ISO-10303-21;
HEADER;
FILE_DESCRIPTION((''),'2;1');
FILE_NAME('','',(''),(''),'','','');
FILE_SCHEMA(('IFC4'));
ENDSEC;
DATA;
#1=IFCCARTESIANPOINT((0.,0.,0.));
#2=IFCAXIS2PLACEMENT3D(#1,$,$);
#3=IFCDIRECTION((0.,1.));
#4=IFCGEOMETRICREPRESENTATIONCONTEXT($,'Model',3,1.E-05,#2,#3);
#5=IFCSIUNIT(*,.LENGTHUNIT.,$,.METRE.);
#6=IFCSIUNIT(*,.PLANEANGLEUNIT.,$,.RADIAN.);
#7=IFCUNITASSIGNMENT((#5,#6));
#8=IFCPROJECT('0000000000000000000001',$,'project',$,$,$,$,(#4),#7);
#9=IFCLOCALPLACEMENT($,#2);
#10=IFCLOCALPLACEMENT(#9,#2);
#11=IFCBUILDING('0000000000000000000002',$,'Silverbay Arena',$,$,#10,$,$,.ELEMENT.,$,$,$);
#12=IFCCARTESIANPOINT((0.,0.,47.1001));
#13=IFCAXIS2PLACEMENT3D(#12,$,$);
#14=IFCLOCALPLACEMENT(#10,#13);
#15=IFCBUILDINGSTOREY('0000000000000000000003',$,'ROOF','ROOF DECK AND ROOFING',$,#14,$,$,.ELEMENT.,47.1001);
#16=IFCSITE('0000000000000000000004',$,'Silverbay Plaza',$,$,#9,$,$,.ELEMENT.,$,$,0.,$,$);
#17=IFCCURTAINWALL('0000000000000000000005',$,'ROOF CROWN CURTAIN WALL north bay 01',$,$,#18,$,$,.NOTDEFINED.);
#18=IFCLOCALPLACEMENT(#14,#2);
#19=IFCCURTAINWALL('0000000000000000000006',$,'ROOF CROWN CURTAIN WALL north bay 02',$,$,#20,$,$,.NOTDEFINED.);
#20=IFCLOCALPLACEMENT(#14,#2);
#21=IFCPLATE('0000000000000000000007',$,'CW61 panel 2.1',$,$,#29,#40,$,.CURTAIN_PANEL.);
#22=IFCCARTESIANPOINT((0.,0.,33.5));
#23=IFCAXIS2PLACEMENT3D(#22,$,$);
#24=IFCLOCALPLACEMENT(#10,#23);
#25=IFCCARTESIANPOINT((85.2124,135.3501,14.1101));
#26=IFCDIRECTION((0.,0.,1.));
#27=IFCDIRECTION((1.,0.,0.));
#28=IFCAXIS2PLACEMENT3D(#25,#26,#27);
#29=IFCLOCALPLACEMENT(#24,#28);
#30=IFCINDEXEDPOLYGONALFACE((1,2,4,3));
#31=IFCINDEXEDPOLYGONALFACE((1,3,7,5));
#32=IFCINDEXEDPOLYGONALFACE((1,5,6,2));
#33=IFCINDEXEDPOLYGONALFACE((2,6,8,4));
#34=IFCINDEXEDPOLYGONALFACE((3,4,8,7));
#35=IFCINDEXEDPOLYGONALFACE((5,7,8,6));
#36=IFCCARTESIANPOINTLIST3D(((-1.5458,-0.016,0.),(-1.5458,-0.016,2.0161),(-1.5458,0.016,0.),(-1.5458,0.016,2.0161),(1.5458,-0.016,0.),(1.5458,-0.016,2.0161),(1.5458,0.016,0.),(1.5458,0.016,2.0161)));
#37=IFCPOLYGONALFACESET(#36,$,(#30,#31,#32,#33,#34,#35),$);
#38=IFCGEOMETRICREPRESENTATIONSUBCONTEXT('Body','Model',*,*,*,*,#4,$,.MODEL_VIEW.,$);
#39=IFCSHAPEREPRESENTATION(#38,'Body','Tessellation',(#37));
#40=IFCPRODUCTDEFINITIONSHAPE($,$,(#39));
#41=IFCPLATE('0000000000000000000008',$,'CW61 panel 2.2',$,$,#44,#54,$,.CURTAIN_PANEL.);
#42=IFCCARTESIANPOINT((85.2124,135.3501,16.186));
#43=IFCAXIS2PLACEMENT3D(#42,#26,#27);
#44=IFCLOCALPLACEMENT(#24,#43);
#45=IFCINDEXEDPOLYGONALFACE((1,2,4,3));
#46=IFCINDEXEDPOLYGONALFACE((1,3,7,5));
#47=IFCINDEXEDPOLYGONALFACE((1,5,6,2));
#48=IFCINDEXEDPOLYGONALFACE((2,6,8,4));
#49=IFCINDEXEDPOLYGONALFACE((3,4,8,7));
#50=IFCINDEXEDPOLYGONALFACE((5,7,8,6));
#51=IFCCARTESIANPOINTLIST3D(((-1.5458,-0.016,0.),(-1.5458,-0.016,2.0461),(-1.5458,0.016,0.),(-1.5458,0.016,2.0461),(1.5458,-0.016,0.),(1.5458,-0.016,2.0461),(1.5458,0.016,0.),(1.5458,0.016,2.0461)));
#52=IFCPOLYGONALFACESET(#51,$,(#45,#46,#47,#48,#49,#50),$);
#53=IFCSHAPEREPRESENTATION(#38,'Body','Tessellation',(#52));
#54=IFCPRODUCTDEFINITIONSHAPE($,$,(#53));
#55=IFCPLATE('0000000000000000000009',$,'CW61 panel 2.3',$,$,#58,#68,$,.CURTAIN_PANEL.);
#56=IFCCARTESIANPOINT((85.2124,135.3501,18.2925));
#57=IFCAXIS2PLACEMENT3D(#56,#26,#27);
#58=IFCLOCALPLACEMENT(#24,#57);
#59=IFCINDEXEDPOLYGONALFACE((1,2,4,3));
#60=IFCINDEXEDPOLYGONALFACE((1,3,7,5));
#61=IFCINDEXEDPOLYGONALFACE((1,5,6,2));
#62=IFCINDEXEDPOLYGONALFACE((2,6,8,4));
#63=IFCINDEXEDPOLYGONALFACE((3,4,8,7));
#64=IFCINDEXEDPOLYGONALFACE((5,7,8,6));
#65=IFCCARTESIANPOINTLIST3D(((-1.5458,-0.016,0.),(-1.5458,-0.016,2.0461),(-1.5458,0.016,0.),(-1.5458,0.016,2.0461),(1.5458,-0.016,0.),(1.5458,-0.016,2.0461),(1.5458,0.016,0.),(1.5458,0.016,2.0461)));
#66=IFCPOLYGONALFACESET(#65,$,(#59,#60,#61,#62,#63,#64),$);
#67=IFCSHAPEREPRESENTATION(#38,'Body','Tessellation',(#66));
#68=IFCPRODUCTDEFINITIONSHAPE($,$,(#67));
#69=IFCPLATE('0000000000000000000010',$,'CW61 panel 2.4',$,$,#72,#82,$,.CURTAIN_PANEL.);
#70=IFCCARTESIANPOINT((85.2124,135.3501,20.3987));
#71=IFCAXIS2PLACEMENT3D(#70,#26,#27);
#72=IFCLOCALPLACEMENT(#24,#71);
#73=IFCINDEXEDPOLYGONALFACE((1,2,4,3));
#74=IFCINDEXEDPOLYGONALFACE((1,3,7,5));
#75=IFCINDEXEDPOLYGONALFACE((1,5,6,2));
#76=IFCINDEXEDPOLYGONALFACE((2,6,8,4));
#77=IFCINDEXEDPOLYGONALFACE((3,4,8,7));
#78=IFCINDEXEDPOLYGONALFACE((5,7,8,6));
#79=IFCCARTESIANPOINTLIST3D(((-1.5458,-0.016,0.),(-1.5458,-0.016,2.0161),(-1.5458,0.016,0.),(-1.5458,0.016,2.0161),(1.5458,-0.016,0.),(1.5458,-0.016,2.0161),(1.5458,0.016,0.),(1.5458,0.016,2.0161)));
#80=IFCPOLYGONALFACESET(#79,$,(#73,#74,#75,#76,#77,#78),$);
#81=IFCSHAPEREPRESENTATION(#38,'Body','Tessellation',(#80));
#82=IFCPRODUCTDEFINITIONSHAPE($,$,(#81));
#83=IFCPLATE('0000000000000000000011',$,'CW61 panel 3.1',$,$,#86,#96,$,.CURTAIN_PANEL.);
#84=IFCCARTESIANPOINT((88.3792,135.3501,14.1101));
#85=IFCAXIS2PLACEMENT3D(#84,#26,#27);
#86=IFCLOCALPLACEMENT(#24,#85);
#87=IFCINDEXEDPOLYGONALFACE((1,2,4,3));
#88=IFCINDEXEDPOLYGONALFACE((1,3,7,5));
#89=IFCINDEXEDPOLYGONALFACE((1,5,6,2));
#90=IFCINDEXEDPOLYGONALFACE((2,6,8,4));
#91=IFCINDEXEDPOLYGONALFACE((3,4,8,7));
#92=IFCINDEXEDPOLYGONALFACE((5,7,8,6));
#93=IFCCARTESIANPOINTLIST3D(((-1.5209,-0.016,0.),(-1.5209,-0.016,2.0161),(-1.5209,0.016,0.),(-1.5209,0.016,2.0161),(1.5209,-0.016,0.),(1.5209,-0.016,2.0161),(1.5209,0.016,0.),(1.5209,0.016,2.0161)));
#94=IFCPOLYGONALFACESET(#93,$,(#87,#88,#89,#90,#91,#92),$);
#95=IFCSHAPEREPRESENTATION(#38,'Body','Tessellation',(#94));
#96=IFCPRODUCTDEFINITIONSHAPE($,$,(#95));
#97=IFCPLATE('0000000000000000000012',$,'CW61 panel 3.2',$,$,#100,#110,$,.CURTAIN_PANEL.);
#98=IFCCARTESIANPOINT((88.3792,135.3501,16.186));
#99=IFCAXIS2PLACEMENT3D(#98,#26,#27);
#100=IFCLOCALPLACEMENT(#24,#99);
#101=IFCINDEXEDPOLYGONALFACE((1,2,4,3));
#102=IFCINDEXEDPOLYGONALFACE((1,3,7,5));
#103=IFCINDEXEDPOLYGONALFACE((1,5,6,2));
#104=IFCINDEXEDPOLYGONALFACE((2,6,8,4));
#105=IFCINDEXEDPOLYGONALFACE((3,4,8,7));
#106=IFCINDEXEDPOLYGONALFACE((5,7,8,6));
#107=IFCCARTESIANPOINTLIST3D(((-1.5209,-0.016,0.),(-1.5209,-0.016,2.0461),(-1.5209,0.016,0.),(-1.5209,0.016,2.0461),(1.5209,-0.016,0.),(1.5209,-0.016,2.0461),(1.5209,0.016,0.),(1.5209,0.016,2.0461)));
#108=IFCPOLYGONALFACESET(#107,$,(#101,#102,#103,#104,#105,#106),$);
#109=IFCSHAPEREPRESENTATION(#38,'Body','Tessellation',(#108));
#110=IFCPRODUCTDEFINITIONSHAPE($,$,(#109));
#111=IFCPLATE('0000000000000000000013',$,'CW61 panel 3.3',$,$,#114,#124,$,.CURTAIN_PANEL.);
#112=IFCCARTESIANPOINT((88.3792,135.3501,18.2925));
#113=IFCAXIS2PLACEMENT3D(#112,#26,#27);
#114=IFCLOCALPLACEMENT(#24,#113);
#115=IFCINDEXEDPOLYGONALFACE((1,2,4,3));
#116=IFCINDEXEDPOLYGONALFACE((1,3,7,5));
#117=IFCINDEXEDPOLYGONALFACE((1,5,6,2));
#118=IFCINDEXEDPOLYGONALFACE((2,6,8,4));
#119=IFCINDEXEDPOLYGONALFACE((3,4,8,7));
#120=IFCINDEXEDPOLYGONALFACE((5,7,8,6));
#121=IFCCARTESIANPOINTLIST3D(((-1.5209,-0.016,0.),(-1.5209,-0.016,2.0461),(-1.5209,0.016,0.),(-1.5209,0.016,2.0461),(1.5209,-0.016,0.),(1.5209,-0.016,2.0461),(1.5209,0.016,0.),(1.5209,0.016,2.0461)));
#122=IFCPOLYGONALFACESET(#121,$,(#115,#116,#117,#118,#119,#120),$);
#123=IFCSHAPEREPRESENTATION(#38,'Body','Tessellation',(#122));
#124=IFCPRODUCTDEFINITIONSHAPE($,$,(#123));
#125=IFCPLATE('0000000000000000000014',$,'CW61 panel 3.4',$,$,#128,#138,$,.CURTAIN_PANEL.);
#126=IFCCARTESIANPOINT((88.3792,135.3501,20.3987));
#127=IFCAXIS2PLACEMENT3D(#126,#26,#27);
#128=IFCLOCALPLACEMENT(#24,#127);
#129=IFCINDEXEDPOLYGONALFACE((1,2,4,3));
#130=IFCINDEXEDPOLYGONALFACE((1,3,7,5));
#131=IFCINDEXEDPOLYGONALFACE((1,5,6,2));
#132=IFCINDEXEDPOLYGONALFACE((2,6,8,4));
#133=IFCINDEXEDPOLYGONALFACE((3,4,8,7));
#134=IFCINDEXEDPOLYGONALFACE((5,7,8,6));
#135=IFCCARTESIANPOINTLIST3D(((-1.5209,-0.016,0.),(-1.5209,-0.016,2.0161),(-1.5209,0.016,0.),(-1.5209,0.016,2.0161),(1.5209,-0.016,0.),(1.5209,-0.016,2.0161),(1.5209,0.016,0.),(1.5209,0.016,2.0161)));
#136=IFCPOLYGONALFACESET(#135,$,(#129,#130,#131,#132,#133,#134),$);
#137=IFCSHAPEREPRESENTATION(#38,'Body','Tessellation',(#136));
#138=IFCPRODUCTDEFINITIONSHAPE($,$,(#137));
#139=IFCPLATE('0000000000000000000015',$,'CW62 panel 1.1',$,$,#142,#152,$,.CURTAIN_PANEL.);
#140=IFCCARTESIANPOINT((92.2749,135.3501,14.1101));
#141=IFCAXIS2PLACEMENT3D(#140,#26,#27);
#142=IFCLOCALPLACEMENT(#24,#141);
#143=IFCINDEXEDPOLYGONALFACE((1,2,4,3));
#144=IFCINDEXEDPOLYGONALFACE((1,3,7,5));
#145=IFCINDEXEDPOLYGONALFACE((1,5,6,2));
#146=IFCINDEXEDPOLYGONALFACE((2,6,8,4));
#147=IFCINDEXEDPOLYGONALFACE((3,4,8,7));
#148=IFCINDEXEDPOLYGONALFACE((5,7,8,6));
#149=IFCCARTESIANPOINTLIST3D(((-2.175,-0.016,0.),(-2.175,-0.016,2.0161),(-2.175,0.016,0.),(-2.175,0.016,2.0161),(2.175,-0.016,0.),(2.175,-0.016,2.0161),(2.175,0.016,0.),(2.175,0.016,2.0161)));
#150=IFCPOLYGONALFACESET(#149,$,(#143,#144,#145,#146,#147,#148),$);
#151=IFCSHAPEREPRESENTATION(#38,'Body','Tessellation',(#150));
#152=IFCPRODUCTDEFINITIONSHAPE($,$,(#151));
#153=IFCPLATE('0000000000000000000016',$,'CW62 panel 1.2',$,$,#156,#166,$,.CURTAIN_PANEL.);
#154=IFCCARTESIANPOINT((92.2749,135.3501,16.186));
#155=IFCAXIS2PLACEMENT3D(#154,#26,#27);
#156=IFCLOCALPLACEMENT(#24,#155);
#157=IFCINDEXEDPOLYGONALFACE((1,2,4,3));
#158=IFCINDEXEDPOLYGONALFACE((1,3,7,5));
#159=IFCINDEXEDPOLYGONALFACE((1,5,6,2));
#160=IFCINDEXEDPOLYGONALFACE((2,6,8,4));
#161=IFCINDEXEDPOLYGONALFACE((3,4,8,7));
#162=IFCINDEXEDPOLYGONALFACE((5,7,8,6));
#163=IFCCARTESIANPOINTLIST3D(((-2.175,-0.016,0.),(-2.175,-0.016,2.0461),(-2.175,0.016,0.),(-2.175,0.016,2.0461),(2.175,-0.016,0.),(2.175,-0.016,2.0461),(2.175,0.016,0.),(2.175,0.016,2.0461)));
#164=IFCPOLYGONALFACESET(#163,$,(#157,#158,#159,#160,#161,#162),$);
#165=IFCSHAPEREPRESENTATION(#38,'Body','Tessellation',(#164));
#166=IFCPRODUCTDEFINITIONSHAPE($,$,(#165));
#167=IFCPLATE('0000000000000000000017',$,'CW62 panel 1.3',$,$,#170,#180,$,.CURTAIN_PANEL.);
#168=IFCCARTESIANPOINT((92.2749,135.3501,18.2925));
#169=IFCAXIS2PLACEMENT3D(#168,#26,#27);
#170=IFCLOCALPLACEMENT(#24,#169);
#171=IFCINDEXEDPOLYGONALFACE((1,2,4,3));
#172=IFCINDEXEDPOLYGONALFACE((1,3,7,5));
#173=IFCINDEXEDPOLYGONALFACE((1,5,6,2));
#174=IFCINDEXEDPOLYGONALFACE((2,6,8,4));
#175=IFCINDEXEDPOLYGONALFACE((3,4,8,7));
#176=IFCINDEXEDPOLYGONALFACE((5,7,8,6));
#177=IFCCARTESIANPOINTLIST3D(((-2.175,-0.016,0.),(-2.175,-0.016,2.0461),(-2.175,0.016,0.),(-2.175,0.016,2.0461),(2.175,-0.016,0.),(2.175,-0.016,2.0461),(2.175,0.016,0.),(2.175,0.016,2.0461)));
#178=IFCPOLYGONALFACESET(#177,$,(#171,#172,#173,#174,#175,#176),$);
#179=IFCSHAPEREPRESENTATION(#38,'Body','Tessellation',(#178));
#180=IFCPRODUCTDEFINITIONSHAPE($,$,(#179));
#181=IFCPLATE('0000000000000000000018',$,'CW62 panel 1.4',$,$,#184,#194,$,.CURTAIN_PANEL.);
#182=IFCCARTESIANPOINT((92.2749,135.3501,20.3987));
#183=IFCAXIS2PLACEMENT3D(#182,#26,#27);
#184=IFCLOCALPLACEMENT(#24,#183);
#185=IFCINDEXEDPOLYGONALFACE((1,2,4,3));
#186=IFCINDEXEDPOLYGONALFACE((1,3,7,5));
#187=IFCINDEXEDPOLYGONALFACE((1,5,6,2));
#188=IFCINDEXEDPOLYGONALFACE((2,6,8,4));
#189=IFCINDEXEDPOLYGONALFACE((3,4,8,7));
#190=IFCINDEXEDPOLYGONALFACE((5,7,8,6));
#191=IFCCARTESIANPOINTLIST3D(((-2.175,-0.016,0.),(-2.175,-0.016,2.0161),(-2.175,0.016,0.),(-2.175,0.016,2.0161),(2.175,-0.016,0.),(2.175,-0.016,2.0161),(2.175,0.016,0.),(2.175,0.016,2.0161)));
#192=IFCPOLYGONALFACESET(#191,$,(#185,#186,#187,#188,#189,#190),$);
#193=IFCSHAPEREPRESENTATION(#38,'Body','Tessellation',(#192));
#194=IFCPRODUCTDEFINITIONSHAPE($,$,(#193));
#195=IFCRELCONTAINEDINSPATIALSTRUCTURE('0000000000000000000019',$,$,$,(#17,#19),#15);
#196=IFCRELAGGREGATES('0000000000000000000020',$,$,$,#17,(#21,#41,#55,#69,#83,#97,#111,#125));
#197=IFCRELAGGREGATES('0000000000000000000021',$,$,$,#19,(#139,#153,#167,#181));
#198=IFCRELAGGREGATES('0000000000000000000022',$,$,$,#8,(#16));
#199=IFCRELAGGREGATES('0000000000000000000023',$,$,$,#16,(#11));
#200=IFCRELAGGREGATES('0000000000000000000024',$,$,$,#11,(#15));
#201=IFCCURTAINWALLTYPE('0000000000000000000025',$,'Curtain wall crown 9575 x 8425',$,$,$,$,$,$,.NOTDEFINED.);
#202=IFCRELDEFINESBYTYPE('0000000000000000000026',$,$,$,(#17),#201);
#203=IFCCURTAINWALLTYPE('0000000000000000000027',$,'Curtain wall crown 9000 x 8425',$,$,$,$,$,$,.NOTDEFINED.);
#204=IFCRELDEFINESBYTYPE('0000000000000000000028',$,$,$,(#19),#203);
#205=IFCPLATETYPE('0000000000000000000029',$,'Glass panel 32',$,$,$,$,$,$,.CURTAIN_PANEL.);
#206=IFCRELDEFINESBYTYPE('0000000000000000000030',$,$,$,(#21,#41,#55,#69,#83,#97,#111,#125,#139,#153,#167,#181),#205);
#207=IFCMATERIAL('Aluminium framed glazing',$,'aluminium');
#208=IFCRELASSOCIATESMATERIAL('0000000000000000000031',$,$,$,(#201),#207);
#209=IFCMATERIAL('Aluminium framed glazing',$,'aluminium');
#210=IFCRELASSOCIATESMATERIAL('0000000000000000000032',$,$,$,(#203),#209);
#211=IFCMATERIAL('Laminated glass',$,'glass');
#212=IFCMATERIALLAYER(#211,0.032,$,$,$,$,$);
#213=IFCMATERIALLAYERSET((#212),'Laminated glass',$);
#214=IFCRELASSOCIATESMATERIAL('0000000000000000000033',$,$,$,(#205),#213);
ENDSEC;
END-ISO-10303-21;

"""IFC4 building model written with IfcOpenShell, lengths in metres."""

from ifc_helpers import new_model, si_unit, direction, frame, origin, origin_2d, place, context, subcontext, project, spatial, rectangle, extrude, material, layer, layer_set, type_object, element, aggregate, save


model = new_model("IFC4")

# Units and contexts
model_context = context("Model", 3, precision=1e-05, world=origin(), true_north=direction((0.0, 1.0)))
body_context = subcontext(model_context, "Body", "Model", "MODEL_VIEW")
ifc_project = project(units=[si_unit("LENGTHUNIT", "METRE"), si_unit("PLANEANGLEUNIT", "RADIAN")], contexts=[model_context])

# Site, building, storey
site_placement = place(None, origin())
site = spatial("IfcSite", under=ifc_project, at=site_placement, Name="Silverbay Plaza", CompositionType="ELEMENT", RefElevation=0.0)
building_placement = place(site_placement, origin())
building = spatial("IfcBuilding", under=site, at=building_placement, Name="Silverbay Arena", CompositionType="ELEMENT")
storey_placement = place(building_placement, frame((0.0, 0.0, 47.1001)))
storey = spatial("IfcBuildingStorey", under=building, at=storey_placement, Name="ROOF", Description="ROOF DECK AND ROOFING", CompositionType="ELEMENT", Elevation=47.1001)

# Curtain wall
ifc_material_1 = material(Name="Aluminium framed glazing", Category="aluminium")
curtain_wall_type_1 = type_object("IfcCurtainWallType", Name="Curtain wall crown 9575 x 8425", PredefinedType="NOTDEFINED", material=ifc_material_1)
curtain_wall_1_placement = place(storey_placement, origin())
curtain_wall_1 = element("IfcCurtainWall", 1, at=curtain_wall_1_placement, inside=storey, type_object=curtain_wall_type_1, Name="ROOF CROWN CURTAIN WALL north bay 01", PredefinedType="NOTDEFINED")
placement = place(building_placement, frame((0.0, 0.0, 33.5)))

# Curtain wall
ifc_material_2 = material(Name="Aluminium framed glazing", Category="aluminium")
curtain_wall_type_2 = type_object("IfcCurtainWallType", Name="Curtain wall crown 9000 x 8425", PredefinedType="NOTDEFINED", material=ifc_material_2)
curtain_wall_2_placement = place(storey_placement, origin())
curtain_wall_2 = element("IfcCurtainWall", 2, at=curtain_wall_2_placement, inside=storey, type_object=curtain_wall_type_2, Name="ROOF CROWN CURTAIN WALL north bay 02", PredefinedType="NOTDEFINED")

# Plates
ifc_material_3 = material(Name="Laminated glass", Category="glass")
ifc_layer_1 = layer(ifc_material_3, 0.032)
ifc_layer_set_1 = layer_set([ifc_layer_1], Name="Laminated glass")
plate_type = type_object("IfcPlateType", Name="Glass panel 32", PredefinedType="CURTAIN_PANEL", material=ifc_layer_set_1)
plate_1_placement = place(placement, frame((85.2124, 135.3501, 14.1101), z_axis=(0.0, 0.0, 1.0), x_axis=(1.0, 0.0, 0.0)))
plate_1 = element("IfcPlate", 3, at=plate_1_placement, type_object=plate_type, Name="CW61 panel 2.1", PredefinedType="CURTAIN_PANEL", context=body_context, shape_type="SweptSolid", body=[
    extrude(rectangle(XDim=3.0916, YDim=0.032, at=origin_2d()), origin(), (0.0, 0.0, 1.0), 2.0161),
])
plate_2_placement = place(placement, frame((85.2124, 135.3501, 16.186), z_axis=(0.0, 0.0, 1.0), x_axis=(1.0, 0.0, 0.0)))
plate_2 = element("IfcPlate", 4, at=plate_2_placement, type_object=plate_type, Name="CW61 panel 2.2", PredefinedType="CURTAIN_PANEL", context=body_context, shape_type="SweptSolid", body=[
    extrude(rectangle(XDim=3.0916, YDim=0.032, at=origin_2d()), origin(), (0.0, 0.0, 1.0), 2.0461),
])
plate_3_placement = place(placement, frame((85.2124, 135.3501, 18.2925), z_axis=(0.0, 0.0, 1.0), x_axis=(1.0, 0.0, 0.0)))
plate_3 = element("IfcPlate", 5, at=plate_3_placement, type_object=plate_type, Name="CW61 panel 2.3", PredefinedType="CURTAIN_PANEL", context=body_context, shape_type="SweptSolid", body=[
    extrude(rectangle(XDim=3.0916, YDim=0.032, at=origin_2d()), origin(), (0.0, 0.0, 1.0), 2.0461),
])
plate_4_placement = place(placement, frame((85.2124, 135.3501, 20.3987), z_axis=(0.0, 0.0, 1.0), x_axis=(1.0, 0.0, 0.0)))
plate_4 = element("IfcPlate", 6, at=plate_4_placement, type_object=plate_type, Name="CW61 panel 2.4", PredefinedType="CURTAIN_PANEL", context=body_context, shape_type="SweptSolid", body=[
    extrude(rectangle(XDim=3.0916, YDim=0.032, at=origin_2d()), origin(), (0.0, 0.0, 1.0), 2.0161),
])
plate_5_placement = place(placement, frame((88.3792, 135.3501, 14.1101), z_axis=(0.0, 0.0, 1.0), x_axis=(1.0, 0.0, 0.0)))
plate_5 = element("IfcPlate", 7, at=plate_5_placement, type_object=plate_type, Name="CW61 panel 3.1", PredefinedType="CURTAIN_PANEL", context=body_context, shape_type="SweptSolid", body=[
    extrude(rectangle(XDim=3.0417, YDim=0.032, at=origin_2d()), origin(), (0.0, 0.0, 1.0), 2.0161),
])
plate_6_placement = place(placement, frame((88.3792, 135.3501, 16.186), z_axis=(0.0, 0.0, 1.0), x_axis=(1.0, 0.0, 0.0)))
plate_6 = element("IfcPlate", 8, at=plate_6_placement, type_object=plate_type, Name="CW61 panel 3.2", PredefinedType="CURTAIN_PANEL", context=body_context, shape_type="SweptSolid", body=[
    extrude(rectangle(XDim=3.0417, YDim=0.032, at=origin_2d()), origin(), (0.0, 0.0, 1.0), 2.0461),
])
plate_7_placement = place(placement, frame((88.3792, 135.3501, 18.2925), z_axis=(0.0, 0.0, 1.0), x_axis=(1.0, 0.0, 0.0)))
plate_7 = element("IfcPlate", 9, at=plate_7_placement, type_object=plate_type, Name="CW61 panel 3.3", PredefinedType="CURTAIN_PANEL", context=body_context, shape_type="SweptSolid", body=[
    extrude(rectangle(XDim=3.0417, YDim=0.032, at=origin_2d()), origin(), (0.0, 0.0, 1.0), 2.0461),
])
plate_8_placement = place(placement, frame((88.3792, 135.3501, 20.3987), z_axis=(0.0, 0.0, 1.0), x_axis=(1.0, 0.0, 0.0)))
plate_8 = element("IfcPlate", 10, at=plate_8_placement, type_object=plate_type, Name="CW61 panel 3.4", PredefinedType="CURTAIN_PANEL", context=body_context, shape_type="SweptSolid", body=[
    extrude(rectangle(XDim=3.0417, YDim=0.032, at=origin_2d()), origin(), (0.0, 0.0, 1.0), 2.0161),
])
aggregate(curtain_wall_1, [plate_1, plate_2, plate_3, plate_4, plate_5, plate_6, plate_7, plate_8])
plate_9_placement = place(placement, frame((92.2749, 135.3501, 14.1101), z_axis=(0.0, 0.0, 1.0), x_axis=(1.0, 0.0, 0.0)))
plate_9 = element("IfcPlate", 11, at=plate_9_placement, type_object=plate_type, Name="CW62 panel 1.1", PredefinedType="CURTAIN_PANEL", context=body_context, shape_type="SweptSolid", body=[
    extrude(rectangle(XDim=4.3501, YDim=0.032, at=origin_2d()), origin(), (0.0, 0.0, 1.0), 2.0161),
])
plate_10_placement = place(placement, frame((92.2749, 135.3501, 16.186), z_axis=(0.0, 0.0, 1.0), x_axis=(1.0, 0.0, 0.0)))
plate_10 = element("IfcPlate", 12, at=plate_10_placement, type_object=plate_type, Name="CW62 panel 1.2", PredefinedType="CURTAIN_PANEL", context=body_context, shape_type="SweptSolid", body=[
    extrude(rectangle(XDim=4.3501, YDim=0.032, at=origin_2d()), origin(), (0.0, 0.0, 1.0), 2.0461),
])
plate_11_placement = place(placement, frame((92.2749, 135.3501, 18.2925), z_axis=(0.0, 0.0, 1.0), x_axis=(1.0, 0.0, 0.0)))
plate_11 = element("IfcPlate", 13, at=plate_11_placement, type_object=plate_type, Name="CW62 panel 1.3", PredefinedType="CURTAIN_PANEL", context=body_context, shape_type="SweptSolid", body=[
    extrude(rectangle(XDim=4.3501, YDim=0.032, at=origin_2d()), origin(), (0.0, 0.0, 1.0), 2.0461),
])
plate_12_placement = place(placement, frame((92.2749, 135.3501, 20.3987), z_axis=(0.0, 0.0, 1.0), x_axis=(1.0, 0.0, 0.0)))
plate_12 = element("IfcPlate", 14, at=plate_12_placement, type_object=plate_type, Name="CW62 panel 1.4", PredefinedType="CURTAIN_PANEL", context=body_context, shape_type="SweptSolid", body=[
    extrude(rectangle(XDim=4.3501, YDim=0.032, at=origin_2d()), origin(), (0.0, 0.0, 1.0), 2.0161),
])
aggregate(curtain_wall_2, [plate_9, plate_10, plate_11, plate_12])

save(model, "model.ifc")
